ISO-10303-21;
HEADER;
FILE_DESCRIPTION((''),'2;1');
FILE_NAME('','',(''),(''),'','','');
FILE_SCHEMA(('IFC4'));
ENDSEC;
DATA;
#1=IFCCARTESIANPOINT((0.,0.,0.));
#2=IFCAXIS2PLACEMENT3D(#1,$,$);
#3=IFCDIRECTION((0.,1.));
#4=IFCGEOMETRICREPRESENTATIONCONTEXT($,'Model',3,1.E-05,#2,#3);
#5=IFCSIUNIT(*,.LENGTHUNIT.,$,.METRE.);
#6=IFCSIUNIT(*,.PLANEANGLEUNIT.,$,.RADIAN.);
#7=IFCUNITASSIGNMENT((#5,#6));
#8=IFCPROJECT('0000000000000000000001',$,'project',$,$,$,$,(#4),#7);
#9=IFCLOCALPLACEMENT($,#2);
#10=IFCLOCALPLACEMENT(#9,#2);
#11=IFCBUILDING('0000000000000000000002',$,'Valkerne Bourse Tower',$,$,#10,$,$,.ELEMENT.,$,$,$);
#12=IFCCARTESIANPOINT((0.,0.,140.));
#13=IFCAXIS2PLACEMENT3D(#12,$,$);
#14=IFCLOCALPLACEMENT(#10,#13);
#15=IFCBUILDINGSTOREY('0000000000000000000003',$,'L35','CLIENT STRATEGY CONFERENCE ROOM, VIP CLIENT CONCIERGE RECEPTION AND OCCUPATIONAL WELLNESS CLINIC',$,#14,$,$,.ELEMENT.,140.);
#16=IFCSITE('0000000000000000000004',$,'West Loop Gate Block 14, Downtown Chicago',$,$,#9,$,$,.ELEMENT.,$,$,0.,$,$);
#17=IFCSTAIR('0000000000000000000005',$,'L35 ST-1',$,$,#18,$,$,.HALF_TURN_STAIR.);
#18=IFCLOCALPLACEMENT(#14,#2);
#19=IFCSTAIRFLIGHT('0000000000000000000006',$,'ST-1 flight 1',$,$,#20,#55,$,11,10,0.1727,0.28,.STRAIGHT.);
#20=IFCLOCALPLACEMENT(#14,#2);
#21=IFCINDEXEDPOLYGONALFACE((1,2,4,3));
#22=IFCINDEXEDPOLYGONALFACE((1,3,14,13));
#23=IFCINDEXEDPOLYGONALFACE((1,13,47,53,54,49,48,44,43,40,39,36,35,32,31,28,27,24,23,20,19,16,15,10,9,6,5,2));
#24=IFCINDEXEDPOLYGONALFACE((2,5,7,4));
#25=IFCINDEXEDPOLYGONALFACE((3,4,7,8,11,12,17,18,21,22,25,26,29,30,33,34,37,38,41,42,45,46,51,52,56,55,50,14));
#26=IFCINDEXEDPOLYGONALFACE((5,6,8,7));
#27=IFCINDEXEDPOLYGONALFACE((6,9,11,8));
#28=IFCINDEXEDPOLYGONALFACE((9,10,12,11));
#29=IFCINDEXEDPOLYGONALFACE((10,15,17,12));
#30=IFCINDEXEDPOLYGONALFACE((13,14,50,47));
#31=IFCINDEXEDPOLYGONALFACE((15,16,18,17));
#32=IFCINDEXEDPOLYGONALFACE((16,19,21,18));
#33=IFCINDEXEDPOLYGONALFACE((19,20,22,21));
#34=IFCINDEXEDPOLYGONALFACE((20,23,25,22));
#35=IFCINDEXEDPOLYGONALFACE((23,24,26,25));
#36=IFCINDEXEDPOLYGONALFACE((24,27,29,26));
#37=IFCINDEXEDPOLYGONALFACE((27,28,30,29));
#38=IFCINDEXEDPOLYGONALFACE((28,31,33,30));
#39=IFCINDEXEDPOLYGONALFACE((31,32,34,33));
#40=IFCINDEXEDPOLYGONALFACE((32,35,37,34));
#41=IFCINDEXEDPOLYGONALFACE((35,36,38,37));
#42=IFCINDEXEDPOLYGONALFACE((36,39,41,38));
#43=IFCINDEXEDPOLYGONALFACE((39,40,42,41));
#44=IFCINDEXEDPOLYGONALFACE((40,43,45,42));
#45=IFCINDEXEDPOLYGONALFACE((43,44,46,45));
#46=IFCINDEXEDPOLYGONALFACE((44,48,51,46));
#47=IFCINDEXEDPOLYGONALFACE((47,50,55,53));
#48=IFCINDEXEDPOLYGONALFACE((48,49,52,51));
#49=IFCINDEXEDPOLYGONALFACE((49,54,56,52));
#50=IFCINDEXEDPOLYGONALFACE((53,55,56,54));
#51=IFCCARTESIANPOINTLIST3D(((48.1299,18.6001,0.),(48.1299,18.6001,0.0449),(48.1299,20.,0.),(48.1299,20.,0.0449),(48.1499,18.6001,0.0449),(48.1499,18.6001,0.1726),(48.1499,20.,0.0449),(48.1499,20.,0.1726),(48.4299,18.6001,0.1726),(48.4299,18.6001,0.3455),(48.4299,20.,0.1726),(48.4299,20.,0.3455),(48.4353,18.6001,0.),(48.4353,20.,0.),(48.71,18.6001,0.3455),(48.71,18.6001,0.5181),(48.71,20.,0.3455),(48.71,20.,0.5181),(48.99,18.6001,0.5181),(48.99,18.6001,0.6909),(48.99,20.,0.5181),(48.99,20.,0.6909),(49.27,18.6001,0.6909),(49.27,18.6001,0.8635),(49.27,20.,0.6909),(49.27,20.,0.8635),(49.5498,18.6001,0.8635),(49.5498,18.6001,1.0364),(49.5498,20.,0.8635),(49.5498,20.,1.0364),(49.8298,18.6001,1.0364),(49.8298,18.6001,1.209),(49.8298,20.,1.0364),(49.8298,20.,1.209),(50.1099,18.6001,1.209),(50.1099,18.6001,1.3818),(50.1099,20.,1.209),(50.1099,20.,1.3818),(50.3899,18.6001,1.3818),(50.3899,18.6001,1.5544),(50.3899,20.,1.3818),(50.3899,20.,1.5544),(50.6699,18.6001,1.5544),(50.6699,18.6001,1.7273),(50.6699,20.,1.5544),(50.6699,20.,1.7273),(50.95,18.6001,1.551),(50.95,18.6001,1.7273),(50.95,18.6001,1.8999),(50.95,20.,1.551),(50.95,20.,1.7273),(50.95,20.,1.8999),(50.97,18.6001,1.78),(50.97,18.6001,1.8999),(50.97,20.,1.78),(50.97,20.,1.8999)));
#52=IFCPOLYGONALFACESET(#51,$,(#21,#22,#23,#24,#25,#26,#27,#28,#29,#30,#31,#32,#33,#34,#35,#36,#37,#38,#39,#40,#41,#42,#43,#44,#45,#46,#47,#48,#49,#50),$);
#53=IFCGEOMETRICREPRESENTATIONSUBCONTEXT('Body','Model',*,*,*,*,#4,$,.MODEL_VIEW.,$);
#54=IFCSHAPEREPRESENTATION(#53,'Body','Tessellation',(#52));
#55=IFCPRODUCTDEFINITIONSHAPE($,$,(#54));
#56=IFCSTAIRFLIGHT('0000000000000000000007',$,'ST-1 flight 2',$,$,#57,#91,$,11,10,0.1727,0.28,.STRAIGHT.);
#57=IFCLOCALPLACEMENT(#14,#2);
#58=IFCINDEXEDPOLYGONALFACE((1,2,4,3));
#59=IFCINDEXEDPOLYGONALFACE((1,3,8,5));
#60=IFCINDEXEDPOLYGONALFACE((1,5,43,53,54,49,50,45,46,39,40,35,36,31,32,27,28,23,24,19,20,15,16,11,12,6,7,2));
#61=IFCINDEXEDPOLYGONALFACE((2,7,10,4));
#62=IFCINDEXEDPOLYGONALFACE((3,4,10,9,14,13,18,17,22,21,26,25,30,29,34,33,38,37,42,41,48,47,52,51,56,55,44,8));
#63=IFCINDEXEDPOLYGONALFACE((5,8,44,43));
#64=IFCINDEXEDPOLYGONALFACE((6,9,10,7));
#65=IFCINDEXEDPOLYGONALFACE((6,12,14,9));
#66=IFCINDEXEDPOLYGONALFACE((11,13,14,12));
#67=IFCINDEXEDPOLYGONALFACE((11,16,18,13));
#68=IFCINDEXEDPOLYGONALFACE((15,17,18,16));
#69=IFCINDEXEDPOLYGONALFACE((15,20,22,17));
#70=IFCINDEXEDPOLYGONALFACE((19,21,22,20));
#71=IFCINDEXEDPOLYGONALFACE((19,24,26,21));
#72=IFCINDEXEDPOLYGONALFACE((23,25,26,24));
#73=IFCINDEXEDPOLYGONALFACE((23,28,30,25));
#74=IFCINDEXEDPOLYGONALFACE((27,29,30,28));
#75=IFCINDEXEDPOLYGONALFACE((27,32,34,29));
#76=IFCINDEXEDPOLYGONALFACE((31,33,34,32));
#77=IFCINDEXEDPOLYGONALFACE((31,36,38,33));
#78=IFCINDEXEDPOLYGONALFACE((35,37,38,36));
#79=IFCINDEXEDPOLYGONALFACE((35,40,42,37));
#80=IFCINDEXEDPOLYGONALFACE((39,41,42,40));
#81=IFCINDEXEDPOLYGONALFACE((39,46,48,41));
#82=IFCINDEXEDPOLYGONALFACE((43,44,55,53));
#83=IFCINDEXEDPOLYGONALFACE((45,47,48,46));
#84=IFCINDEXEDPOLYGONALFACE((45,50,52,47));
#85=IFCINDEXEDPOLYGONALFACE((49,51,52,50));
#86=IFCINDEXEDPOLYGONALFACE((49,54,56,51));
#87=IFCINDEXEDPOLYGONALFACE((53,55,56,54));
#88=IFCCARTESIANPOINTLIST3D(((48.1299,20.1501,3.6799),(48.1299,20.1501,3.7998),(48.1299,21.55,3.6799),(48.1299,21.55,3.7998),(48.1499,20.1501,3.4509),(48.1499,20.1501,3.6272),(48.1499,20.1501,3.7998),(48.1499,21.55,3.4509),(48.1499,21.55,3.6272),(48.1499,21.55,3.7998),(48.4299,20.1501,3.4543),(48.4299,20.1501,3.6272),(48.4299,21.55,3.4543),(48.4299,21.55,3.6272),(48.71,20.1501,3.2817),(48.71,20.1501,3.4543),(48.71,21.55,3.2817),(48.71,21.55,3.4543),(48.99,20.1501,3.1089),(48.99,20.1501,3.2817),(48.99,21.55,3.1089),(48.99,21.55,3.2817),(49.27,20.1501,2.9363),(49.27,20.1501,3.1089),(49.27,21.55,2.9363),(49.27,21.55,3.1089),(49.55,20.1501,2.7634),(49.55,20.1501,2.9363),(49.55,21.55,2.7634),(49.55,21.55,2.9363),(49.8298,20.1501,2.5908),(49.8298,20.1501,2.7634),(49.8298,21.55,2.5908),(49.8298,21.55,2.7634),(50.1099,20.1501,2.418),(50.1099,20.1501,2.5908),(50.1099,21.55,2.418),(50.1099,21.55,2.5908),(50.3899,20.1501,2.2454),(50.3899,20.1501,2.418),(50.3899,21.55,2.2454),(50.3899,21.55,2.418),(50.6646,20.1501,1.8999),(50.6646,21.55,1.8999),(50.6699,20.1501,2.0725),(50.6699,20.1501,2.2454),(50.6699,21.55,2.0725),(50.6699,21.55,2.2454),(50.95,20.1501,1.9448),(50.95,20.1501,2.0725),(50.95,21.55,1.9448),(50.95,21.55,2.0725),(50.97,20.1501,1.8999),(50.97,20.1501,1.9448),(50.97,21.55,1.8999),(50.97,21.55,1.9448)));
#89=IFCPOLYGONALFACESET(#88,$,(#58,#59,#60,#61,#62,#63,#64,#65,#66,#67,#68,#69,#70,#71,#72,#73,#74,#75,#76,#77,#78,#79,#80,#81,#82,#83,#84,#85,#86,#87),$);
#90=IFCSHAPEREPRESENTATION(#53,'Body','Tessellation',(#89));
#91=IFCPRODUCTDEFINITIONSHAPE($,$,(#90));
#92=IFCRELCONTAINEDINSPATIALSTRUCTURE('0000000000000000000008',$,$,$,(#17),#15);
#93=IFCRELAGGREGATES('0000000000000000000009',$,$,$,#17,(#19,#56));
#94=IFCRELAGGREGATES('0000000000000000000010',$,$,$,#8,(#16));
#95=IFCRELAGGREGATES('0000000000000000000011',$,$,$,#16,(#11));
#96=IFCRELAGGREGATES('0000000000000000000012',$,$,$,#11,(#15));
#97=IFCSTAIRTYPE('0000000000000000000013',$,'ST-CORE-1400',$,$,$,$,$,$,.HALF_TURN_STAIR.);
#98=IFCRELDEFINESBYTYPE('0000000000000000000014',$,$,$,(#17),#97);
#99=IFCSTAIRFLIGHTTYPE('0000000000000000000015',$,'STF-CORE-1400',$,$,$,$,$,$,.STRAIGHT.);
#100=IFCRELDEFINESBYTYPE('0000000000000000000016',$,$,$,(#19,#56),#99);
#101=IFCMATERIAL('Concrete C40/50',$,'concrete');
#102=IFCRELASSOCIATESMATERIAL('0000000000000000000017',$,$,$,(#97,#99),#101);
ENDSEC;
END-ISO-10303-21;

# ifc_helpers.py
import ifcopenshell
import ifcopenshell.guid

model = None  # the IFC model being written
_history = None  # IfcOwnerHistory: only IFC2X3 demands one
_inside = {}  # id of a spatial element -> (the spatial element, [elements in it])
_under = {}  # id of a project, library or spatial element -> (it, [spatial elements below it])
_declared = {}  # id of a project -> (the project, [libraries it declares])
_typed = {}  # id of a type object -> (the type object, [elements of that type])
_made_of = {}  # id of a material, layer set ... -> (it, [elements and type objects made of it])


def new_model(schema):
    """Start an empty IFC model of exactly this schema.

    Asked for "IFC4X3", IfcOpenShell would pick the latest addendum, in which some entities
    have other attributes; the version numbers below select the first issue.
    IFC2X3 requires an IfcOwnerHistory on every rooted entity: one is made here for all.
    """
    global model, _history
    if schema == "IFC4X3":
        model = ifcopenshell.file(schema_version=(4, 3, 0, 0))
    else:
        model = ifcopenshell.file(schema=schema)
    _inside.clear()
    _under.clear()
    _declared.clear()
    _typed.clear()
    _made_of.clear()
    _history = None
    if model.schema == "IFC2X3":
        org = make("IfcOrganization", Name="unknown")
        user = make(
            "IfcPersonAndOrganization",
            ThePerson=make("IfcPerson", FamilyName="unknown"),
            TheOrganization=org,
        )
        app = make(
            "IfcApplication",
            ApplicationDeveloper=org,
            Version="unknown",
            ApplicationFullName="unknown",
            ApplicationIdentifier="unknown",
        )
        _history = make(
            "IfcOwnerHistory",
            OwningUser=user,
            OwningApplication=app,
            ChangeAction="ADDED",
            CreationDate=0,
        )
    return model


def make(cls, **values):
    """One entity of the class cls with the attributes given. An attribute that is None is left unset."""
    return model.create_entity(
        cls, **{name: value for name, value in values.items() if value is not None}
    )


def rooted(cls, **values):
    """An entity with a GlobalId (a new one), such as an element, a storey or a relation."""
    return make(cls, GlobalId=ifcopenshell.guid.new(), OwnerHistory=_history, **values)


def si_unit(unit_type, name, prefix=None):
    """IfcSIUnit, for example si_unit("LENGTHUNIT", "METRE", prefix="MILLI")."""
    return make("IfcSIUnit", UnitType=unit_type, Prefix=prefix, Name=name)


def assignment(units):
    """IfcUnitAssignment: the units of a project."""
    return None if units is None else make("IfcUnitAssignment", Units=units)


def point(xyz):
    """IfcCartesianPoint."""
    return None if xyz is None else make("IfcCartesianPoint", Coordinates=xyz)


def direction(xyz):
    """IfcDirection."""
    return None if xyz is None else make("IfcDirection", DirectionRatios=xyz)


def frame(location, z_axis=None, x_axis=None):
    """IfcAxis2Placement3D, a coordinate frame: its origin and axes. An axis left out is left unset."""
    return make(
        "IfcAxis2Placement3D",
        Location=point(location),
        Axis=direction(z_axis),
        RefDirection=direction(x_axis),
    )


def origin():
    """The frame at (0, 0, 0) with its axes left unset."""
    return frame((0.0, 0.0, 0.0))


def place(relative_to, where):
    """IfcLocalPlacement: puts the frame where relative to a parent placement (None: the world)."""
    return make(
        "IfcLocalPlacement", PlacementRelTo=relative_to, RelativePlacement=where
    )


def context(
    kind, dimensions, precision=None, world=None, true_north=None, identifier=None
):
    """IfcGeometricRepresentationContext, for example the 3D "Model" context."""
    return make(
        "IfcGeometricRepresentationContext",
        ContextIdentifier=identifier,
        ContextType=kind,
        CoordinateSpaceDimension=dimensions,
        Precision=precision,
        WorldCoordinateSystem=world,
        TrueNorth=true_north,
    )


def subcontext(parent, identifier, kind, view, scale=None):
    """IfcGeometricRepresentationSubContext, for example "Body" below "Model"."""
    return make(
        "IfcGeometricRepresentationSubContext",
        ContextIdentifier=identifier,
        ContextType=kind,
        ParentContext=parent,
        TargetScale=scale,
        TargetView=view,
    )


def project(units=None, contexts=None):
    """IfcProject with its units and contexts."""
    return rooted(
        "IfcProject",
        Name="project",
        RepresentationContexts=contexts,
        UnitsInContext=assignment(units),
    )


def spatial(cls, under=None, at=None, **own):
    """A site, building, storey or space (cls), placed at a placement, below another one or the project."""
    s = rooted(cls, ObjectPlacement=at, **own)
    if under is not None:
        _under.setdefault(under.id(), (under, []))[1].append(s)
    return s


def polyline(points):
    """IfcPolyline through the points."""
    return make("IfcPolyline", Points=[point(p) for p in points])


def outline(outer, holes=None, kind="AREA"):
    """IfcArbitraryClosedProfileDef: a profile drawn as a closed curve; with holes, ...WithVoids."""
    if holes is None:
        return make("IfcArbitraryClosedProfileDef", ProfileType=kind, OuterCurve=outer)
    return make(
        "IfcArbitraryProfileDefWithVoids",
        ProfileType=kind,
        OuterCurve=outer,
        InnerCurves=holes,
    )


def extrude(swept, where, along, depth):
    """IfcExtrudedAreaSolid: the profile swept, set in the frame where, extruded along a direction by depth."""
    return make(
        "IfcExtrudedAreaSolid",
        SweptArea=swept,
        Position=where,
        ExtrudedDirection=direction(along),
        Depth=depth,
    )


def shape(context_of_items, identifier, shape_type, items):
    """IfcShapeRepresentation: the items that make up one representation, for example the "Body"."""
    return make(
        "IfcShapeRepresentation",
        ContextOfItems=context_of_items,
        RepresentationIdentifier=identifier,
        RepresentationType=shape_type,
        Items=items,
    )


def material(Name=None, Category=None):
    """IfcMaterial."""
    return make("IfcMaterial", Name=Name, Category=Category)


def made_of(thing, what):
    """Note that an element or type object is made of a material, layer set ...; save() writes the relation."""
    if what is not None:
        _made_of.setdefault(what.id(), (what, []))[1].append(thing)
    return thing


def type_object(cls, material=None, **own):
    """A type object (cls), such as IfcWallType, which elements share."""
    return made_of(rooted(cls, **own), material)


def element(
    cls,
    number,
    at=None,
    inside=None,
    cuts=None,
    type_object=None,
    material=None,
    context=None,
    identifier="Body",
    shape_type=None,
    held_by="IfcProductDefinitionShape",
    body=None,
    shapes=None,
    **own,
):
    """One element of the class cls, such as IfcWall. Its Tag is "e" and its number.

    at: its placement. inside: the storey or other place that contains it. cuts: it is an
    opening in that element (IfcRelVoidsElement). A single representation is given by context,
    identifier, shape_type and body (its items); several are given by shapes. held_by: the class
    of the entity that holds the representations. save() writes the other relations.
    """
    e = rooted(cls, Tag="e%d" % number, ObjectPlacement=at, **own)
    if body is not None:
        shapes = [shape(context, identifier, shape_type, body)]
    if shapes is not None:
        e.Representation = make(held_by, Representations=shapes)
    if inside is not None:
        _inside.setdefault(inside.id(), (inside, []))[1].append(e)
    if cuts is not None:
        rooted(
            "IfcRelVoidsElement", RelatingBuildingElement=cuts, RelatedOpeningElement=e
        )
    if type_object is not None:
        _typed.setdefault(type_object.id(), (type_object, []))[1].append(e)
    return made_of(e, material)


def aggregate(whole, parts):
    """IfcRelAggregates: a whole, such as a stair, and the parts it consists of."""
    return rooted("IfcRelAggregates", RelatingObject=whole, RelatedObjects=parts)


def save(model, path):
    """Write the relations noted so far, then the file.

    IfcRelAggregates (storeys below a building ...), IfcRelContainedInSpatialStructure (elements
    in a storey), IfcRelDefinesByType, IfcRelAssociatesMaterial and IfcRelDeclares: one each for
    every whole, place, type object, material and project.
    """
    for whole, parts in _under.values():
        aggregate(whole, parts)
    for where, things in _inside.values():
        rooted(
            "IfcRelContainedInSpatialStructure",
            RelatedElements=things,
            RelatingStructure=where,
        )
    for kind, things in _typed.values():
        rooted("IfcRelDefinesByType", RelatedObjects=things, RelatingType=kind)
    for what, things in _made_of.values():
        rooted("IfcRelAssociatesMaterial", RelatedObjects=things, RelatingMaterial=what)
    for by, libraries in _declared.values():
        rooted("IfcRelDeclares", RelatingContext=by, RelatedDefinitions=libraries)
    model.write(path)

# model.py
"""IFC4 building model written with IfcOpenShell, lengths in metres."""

from ifc_helpers import new_model, si_unit, direction, frame, origin, place, context, subcontext, project, spatial, polyline, outline, extrude, material, type_object, element, aggregate, save


model = new_model("IFC4")

# Units and contexts
model_context = context("Model", 3, precision=1e-05, world=origin(), true_north=direction((0.0, 1.0)))
body_context = subcontext(model_context, "Body", "Model", "MODEL_VIEW")
ifc_project = project(units=[si_unit("LENGTHUNIT", "METRE"), si_unit("PLANEANGLEUNIT", "RADIAN")], contexts=[model_context])

# Site, building, storey
site_placement = place(None, origin())
site = spatial("IfcSite", under=ifc_project, at=site_placement, Name="West Loop Gate Block 14, Downtown Chicago", CompositionType="ELEMENT", RefElevation=0.0)
building_placement = place(site_placement, origin())
building = spatial("IfcBuilding", under=site, at=building_placement, Name="Valkerne Bourse Tower", CompositionType="ELEMENT")
storey_placement = place(building_placement, frame((0.0, 0.0, 140.0)))
storey = spatial("IfcBuildingStorey", under=building, at=storey_placement, Name="L35", Description="CLIENT STRATEGY CONFERENCE ROOM, VIP CLIENT CONCIERGE RECEPTION AND OCCUPATIONAL WELLNESS CLINIC", CompositionType="ELEMENT", Elevation=140.0)

# Shared definitions
ifc_material_1 = material(Name="Concrete C40/50", Category="concrete")

# Stair, stair flights
stair_type = type_object("IfcStairType", Name="ST-CORE-1400", PredefinedType="HALF_TURN_STAIR", material=ifc_material_1)
stair_placement = place(storey_placement, origin())
stair = element("IfcStair", 1, at=stair_placement, inside=storey, type_object=stair_type, Name="L35 ST-1", PredefinedType="HALF_TURN_STAIR")
stair_flight_type = type_object("IfcStairFlightType", Name="STF-CORE-1400", PredefinedType="STRAIGHT", material=ifc_material_1)
stair_flight_1_placement = place(storey_placement, frame((48.1499, 19.3, 0.0), z_axis=(0.0, 0.0, 1.0), x_axis=(1.0, 0.0, 0.0)))
stair_flight_1 = element("IfcStairFlight", 2, at=stair_flight_1_placement, type_object=stair_flight_type, Name="ST-1 flight 1", NumberOfRisers=11, NumberOfTreads=10, PredefinedType="STRAIGHT", RiserHeight=0.1727, TreadLength=0.28, context=body_context, shape_type="SweptSolid", body=[
    extrude(outline(polyline([(-0.02, 0.0), (-0.02, 0.0449), (0.0, 0.0449), (0.0, 0.1726), (0.28, 0.1726), (0.28, 0.3455), (0.5601, 0.3455), (0.5601, 0.5181), (0.8401, 0.5181), (0.8401, 0.6909), (1.1201, 0.6909), (1.1201, 0.8635), (1.3999, 0.8635), (1.3999, 1.0364), (1.6799, 1.0364), (1.6799, 1.209), (1.96, 1.209), (1.96, 1.3818), (2.24, 1.3818), (2.24, 1.5544), (2.52, 1.5544), (2.52, 1.7273), (2.8, 1.7273), (2.8, 1.8999), (2.8201, 1.8999), (2.8201, 1.78), (2.8, 1.551), (0.2854, 0.0), (-0.02, 0.0)])), frame((0.0, 0.7, 0.0), z_axis=(0.0, -1.0, 0.0), x_axis=(1.0, 0.0, 0.0)), (0.0, 0.0, 1.0), 1.3999),
])
stair_flight_2_placement = place(storey_placement, frame((50.95, 20.8501, 1.8999), z_axis=(0.0, 0.0, 1.0), x_axis=(-1.0, 0.0, 0.0)))
stair_flight_2 = element("IfcStairFlight", 3, at=stair_flight_2_placement, type_object=stair_flight_type, Name="ST-1 flight 2", NumberOfRisers=11, NumberOfTreads=10, PredefinedType="STRAIGHT", RiserHeight=0.1727, TreadLength=0.28, context=body_context, shape_type="SweptSolid", body=[
    extrude(outline(polyline([(-0.02, 0.0), (-0.02, 0.0449), (0.0, 0.0449), (0.0, 0.1726), (0.28, 0.1726), (0.28, 0.3455), (0.5601, 0.3455), (0.5601, 0.5181), (0.8401, 0.5181), (0.8401, 0.6909), (1.1201, 0.6909), (1.1201, 0.8635), (1.3999, 0.8635), (1.3999, 1.0364), (1.6799, 1.0364), (1.6799, 1.209), (1.96, 1.209), (1.96, 1.3818), (2.24, 1.3818), (2.24, 1.5544), (2.52, 1.5544), (2.52, 1.7273), (2.8, 1.7273), (2.8, 1.8999), (2.8201, 1.8999), (2.8201, 1.78), (2.8, 1.551), (0.2854, 0.0), (-0.02, 0.0)])), frame((0.0, 0.7, 0.0), z_axis=(0.0, -1.0, 0.0), x_axis=(1.0, 0.0, 0.0)), (0.0, 0.0, 1.0), 1.3999),
])
aggregate(stair, [stair_flight_1, stair_flight_2])

save(model, "model.ifc")
